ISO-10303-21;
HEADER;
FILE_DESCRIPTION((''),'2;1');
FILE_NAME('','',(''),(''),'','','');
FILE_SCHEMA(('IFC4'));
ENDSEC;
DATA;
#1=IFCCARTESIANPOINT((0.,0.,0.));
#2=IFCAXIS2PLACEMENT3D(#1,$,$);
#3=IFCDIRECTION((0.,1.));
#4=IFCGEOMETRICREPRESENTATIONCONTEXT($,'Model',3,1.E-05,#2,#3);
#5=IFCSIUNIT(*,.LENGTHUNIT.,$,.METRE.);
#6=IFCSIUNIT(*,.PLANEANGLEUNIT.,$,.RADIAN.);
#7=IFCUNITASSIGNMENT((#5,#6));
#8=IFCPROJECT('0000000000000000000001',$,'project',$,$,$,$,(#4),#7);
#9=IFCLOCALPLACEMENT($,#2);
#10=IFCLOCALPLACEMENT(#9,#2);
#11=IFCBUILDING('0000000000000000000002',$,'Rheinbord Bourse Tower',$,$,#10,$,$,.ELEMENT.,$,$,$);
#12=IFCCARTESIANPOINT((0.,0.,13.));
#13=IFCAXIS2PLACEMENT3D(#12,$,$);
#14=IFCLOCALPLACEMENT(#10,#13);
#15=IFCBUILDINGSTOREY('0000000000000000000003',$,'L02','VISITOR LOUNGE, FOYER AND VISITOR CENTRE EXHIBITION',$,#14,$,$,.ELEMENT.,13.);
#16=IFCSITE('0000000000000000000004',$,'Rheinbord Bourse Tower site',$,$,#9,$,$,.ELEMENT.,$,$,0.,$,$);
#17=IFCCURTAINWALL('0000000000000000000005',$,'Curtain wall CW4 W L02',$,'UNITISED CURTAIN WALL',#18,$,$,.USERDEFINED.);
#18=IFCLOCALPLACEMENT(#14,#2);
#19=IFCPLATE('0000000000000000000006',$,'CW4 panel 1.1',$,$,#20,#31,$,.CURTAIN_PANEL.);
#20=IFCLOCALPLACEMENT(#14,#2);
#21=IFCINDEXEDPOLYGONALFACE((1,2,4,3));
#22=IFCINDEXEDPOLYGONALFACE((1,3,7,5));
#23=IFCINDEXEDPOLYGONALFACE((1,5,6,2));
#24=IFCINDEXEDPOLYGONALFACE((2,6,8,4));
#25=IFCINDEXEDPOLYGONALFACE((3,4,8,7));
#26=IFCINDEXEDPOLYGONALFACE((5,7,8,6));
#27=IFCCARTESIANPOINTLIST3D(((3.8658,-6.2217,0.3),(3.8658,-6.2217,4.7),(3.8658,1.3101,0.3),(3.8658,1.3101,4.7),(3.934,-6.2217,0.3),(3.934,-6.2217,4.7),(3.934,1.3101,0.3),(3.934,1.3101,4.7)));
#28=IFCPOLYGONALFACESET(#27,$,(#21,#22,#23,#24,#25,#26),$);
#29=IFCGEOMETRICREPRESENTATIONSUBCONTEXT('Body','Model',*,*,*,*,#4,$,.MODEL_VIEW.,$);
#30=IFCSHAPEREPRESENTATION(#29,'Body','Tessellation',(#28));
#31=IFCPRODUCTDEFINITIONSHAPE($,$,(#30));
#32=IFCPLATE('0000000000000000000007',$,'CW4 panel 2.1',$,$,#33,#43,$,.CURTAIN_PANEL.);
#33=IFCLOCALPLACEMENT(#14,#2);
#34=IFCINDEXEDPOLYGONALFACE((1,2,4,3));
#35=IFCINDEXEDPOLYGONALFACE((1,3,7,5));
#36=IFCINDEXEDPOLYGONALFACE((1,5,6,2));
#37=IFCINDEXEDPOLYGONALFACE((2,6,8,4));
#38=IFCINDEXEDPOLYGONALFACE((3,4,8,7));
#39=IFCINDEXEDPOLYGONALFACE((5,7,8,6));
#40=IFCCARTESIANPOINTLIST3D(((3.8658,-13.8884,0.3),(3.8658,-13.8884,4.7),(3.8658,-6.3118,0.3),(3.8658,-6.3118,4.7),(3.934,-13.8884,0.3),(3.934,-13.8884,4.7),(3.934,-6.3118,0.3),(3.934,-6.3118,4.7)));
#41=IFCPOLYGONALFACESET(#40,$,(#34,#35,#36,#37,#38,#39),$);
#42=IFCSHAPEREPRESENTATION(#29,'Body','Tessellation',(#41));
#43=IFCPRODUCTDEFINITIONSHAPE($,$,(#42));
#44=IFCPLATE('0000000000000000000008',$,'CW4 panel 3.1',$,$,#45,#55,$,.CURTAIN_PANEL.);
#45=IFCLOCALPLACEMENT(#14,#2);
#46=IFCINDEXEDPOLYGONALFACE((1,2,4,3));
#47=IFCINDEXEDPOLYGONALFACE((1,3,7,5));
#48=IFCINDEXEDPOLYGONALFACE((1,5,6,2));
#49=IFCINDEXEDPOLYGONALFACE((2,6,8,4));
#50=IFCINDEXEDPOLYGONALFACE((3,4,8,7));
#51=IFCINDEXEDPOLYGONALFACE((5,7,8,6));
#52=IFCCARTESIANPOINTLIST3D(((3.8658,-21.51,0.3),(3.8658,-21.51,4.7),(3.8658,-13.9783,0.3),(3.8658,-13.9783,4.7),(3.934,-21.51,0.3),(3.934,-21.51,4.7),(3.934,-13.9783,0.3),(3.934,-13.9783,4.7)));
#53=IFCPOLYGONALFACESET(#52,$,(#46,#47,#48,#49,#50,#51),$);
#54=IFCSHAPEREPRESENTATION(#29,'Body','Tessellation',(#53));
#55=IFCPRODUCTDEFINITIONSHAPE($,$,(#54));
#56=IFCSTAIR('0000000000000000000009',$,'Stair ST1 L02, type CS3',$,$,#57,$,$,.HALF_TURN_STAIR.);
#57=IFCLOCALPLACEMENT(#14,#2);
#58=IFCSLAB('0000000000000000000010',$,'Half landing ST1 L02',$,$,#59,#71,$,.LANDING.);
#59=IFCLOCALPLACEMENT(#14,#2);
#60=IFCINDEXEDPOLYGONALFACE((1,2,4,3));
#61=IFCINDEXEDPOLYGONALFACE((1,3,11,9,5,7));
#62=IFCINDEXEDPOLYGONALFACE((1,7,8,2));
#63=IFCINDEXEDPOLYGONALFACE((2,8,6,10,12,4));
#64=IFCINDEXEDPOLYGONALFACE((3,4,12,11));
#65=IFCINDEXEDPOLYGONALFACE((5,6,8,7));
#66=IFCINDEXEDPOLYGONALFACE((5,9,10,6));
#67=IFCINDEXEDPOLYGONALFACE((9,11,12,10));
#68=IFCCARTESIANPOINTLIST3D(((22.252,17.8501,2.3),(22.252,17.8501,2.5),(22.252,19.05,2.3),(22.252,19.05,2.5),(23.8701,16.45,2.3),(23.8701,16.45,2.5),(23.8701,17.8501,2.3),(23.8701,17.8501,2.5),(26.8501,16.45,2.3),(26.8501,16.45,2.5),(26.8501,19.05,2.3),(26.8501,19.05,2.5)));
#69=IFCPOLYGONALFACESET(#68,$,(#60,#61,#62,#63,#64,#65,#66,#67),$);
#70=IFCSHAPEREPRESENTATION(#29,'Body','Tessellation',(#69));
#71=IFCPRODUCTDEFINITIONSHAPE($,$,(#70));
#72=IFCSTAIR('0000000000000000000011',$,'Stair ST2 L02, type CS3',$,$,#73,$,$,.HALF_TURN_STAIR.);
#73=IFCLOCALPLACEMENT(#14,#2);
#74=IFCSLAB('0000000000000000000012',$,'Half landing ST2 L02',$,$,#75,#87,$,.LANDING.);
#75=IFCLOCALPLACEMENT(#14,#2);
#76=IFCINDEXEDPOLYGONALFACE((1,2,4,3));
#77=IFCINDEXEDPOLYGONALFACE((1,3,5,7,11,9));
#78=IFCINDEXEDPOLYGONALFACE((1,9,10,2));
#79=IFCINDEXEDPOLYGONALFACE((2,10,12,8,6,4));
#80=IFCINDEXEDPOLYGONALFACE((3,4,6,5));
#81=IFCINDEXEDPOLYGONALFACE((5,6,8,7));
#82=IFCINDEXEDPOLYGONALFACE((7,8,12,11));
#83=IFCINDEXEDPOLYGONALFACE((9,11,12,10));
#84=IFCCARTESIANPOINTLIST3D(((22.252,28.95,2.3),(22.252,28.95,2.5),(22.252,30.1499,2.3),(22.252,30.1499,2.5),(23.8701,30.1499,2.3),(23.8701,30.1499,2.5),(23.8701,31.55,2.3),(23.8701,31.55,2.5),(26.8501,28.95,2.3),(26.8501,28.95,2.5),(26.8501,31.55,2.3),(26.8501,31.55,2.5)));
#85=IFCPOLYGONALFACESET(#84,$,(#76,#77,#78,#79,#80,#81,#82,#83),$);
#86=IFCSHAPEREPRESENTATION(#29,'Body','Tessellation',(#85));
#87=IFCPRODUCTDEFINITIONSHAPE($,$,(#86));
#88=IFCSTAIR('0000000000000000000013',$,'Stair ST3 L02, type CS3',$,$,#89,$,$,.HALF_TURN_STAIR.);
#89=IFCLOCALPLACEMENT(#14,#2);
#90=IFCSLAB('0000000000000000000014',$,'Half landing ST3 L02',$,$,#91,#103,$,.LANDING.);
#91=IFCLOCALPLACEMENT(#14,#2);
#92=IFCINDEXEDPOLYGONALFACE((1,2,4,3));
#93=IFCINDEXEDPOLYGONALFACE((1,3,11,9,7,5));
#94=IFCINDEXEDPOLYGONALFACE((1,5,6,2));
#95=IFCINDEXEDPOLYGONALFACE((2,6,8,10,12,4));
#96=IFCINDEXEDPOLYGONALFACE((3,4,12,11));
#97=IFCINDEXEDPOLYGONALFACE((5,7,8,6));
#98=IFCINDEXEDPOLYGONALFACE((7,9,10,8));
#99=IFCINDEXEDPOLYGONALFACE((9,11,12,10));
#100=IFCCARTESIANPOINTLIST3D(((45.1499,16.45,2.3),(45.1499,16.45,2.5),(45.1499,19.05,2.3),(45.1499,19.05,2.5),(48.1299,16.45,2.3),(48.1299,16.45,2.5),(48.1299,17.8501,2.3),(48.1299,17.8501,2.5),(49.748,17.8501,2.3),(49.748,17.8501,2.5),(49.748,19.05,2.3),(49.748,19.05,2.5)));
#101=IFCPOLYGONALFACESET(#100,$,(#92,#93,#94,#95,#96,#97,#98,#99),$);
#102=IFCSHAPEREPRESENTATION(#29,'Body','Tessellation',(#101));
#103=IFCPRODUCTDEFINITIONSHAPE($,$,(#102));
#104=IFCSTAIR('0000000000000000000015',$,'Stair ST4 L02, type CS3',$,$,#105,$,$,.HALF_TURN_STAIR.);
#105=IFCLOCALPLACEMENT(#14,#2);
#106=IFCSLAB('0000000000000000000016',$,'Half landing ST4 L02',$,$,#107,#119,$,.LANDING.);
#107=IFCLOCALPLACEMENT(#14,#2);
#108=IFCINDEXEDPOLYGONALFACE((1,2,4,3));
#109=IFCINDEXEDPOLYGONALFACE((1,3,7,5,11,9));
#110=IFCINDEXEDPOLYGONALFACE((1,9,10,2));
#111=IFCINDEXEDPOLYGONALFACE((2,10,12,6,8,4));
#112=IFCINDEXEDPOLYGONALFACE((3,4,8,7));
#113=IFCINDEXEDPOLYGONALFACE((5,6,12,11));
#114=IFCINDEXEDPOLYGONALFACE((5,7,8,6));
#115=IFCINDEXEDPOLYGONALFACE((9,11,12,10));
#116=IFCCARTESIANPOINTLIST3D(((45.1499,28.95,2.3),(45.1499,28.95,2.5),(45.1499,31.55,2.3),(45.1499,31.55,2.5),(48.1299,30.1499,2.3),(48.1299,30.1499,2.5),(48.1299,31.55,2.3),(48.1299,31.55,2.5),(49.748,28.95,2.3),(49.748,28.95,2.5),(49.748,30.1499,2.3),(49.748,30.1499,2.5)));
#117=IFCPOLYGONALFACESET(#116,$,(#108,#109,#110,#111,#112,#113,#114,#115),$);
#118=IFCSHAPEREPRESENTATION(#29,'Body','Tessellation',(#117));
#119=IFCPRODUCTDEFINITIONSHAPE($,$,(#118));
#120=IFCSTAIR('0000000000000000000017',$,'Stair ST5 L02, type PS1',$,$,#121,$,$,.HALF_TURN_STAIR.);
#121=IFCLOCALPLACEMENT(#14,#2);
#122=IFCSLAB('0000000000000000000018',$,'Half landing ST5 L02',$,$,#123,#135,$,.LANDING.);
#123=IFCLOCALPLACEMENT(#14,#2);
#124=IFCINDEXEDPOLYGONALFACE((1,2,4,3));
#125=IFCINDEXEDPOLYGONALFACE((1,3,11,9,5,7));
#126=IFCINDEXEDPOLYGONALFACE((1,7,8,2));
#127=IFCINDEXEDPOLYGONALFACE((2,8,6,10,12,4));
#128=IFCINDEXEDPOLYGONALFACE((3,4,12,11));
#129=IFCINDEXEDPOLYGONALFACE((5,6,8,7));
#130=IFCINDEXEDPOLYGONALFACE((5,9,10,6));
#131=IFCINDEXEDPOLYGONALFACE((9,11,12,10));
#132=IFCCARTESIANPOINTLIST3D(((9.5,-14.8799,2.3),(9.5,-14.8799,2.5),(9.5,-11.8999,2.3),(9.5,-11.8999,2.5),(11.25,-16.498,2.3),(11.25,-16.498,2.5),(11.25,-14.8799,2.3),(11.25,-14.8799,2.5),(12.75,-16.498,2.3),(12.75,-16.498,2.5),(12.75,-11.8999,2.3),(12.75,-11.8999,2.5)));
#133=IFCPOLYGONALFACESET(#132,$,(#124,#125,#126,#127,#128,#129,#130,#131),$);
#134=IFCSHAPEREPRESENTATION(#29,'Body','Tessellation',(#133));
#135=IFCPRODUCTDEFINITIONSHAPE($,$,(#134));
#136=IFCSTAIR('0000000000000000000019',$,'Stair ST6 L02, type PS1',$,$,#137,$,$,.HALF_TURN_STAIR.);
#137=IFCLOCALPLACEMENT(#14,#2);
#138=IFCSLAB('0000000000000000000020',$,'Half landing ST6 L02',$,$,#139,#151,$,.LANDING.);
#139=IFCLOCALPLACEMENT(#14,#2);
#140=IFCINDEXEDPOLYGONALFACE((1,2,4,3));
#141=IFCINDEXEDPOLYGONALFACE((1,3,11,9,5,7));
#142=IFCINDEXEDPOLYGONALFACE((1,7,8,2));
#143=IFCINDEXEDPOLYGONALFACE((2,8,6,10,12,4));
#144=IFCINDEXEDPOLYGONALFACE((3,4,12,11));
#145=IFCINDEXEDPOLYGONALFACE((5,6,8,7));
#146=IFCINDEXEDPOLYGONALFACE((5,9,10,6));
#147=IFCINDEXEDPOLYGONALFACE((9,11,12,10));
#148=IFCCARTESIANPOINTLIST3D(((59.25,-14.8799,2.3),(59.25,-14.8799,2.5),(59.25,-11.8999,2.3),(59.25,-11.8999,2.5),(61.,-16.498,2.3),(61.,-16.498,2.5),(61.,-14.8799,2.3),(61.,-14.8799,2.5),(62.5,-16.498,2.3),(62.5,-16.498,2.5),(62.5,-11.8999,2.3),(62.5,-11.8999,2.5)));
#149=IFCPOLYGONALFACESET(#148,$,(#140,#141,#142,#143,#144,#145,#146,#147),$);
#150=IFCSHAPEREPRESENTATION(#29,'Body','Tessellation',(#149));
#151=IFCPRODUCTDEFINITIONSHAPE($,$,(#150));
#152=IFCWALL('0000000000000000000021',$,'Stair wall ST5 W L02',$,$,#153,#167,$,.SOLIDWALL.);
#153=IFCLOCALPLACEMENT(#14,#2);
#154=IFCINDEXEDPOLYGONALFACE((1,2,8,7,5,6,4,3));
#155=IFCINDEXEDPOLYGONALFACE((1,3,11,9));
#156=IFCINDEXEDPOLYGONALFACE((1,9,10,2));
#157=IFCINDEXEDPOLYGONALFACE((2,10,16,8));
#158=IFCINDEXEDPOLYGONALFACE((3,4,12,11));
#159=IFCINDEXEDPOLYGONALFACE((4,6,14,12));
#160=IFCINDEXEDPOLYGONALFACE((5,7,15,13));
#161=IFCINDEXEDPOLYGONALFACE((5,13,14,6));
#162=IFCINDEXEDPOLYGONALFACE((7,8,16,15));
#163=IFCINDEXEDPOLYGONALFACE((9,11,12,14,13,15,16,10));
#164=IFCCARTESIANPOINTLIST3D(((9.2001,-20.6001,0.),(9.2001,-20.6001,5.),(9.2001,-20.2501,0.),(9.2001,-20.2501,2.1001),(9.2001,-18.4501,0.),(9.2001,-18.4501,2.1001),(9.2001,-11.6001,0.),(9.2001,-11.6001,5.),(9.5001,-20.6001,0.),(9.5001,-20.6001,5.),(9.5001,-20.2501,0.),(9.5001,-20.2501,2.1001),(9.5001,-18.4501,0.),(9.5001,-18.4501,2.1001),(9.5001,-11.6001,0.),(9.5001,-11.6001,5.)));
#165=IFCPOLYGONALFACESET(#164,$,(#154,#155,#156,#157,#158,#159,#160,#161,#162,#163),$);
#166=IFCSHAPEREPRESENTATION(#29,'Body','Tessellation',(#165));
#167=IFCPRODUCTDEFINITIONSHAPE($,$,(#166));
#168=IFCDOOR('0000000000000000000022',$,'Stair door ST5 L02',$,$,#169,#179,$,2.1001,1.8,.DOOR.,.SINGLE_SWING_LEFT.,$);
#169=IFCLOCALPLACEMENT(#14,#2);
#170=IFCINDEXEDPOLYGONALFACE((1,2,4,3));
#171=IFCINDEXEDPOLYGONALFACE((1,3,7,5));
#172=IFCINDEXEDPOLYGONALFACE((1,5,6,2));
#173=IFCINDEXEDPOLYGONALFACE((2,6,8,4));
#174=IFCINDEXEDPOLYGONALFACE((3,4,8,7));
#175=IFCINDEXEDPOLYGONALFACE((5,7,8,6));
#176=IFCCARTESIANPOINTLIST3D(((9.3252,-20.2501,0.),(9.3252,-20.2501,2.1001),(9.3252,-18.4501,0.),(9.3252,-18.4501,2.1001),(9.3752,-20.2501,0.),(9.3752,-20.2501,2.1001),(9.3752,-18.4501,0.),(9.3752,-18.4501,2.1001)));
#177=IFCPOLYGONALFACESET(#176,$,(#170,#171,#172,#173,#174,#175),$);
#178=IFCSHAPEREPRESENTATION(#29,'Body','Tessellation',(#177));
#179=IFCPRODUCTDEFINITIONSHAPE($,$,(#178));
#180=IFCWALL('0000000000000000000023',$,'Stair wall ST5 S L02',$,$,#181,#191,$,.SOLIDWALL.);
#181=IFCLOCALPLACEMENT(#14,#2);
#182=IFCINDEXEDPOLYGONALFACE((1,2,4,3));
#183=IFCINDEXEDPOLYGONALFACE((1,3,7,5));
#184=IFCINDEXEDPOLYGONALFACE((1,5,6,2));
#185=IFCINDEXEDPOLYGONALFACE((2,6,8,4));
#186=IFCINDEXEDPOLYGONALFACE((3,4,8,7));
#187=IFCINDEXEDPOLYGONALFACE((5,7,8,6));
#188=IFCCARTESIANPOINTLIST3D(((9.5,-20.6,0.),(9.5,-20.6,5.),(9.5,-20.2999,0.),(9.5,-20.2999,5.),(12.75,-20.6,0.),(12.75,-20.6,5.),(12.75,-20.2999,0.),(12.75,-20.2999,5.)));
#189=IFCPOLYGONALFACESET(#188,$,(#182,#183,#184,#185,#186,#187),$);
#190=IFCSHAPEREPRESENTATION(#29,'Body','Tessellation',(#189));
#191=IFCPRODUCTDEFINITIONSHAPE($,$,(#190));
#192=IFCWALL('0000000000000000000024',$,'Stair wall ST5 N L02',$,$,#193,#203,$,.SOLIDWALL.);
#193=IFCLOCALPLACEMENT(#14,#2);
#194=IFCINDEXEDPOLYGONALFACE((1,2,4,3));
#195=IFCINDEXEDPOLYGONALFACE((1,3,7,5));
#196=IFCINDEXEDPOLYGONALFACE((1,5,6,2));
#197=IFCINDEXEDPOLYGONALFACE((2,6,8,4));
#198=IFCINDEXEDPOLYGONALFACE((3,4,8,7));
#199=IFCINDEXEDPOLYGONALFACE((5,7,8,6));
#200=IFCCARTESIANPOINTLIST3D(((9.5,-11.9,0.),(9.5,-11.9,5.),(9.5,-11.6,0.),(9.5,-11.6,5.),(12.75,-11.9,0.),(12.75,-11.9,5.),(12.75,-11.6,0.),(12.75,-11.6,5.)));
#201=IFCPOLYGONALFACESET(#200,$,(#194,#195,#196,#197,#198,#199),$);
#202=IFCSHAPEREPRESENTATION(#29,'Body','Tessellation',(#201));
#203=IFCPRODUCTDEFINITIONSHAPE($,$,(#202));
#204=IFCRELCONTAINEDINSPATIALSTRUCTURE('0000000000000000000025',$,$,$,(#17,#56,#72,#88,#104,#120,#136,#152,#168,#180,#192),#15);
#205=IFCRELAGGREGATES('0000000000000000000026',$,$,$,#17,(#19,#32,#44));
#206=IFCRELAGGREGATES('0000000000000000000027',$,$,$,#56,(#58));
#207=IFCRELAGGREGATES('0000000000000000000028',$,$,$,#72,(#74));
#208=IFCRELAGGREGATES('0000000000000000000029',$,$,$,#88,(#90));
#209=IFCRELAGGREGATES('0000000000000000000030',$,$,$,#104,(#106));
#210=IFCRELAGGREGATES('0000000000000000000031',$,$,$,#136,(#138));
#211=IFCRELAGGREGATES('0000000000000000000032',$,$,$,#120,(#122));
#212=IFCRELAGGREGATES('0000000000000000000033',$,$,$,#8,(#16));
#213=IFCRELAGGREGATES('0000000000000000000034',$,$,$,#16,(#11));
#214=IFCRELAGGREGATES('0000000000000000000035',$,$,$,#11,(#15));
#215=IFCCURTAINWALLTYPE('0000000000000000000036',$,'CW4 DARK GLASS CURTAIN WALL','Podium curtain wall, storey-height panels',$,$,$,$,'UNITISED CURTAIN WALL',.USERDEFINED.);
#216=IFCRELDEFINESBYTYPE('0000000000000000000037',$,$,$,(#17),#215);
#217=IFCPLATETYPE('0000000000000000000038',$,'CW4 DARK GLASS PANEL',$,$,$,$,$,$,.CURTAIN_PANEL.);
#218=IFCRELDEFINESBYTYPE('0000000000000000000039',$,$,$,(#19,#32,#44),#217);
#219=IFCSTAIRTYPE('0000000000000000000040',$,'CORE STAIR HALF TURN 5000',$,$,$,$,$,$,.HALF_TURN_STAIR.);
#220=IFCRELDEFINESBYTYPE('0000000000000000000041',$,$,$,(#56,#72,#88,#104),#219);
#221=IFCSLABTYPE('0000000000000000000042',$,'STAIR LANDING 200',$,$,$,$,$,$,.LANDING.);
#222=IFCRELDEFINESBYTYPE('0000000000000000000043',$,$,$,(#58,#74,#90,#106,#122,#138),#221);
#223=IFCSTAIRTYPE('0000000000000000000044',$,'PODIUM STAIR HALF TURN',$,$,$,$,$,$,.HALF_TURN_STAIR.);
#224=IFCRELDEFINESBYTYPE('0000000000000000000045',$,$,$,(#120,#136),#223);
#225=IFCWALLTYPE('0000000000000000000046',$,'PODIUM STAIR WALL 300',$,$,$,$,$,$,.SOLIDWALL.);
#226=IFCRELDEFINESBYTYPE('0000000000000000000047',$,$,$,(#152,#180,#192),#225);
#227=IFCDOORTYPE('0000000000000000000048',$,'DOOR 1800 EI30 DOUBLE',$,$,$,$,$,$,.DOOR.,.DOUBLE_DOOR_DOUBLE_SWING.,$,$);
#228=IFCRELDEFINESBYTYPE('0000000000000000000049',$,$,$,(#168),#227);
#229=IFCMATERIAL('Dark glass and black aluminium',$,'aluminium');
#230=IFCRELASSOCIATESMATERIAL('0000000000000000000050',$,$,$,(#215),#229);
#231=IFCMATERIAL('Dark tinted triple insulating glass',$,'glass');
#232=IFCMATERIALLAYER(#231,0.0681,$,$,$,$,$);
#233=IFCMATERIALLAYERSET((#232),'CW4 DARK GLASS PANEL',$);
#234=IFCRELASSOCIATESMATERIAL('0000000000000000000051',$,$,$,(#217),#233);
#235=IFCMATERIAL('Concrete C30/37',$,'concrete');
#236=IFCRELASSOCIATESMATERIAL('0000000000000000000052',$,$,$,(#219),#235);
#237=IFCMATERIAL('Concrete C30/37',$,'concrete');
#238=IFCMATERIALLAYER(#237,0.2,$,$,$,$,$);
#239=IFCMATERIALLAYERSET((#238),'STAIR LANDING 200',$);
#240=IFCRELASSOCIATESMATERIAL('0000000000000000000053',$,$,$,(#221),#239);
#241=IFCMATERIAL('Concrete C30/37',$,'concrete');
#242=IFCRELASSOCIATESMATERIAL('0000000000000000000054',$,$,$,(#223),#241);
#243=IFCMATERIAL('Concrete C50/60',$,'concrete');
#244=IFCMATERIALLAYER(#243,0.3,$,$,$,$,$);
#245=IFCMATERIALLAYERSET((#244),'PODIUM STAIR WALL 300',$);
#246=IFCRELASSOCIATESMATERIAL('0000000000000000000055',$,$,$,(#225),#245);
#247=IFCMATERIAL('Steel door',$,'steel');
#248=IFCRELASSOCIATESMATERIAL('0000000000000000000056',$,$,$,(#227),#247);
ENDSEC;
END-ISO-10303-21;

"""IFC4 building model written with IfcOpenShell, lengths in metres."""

from ifc_helpers import new_model, si_unit, direction, frame, frame_2d, origin, origin_2d, place, context, subcontext, project, spatial, polyline, rectangle, outline, extrude, material, layer, layer_set, type_object, element, fill, aggregate, save


model = new_model("IFC4")

# Units and contexts
model_context = context("Model", 3, precision=1e-05, world=origin(), true_north=direction((0.0, 1.0)))
body_context = subcontext(model_context, "Body", "Model", "MODEL_VIEW")
ifc_project = project(units=[si_unit("LENGTHUNIT", "METRE"), si_unit("PLANEANGLEUNIT", "RADIAN")], contexts=[model_context])

# Site, building, storey
site_placement = place(None, origin())
site = spatial("IfcSite", under=ifc_project, at=site_placement, Name="Rheinbord Bourse Tower site", CompositionType="ELEMENT", RefElevation=0.0)
building_placement = place(site_placement, origin())
building = spatial("IfcBuilding", under=site, at=building_placement, Name="Rheinbord Bourse Tower", CompositionType="ELEMENT")
storey_placement = place(building_placement, frame((0.0, 0.0, 13.0)))
storey = spatial("IfcBuildingStorey", under=building, at=storey_placement, Name="L02", Description="VISITOR LOUNGE, FOYER AND VISITOR CENTRE EXHIBITION", CompositionType="ELEMENT", Elevation=13.0)

# Shared definitions
ifc_material_1 = material(Name="Dark glass and black aluminium", Category="aluminium")
curtain_wall_type = type_object("IfcCurtainWallType", Name="CW4 DARK GLASS CURTAIN WALL", Description="Podium curtain wall, storey-height panels", ElementType="UNITISED CURTAIN WALL", PredefinedType="USERDEFINED", material=ifc_material_1)

# Curtain wall
curtain_wall_1_placement = place(storey_placement, origin())
curtain_wall_1 = element("IfcCurtainWall", 1, at=curtain_wall_1_placement, inside=storey, type_object=curtain_wall_type, Name="Curtain wall CW4 W L02", ObjectType="UNITISED CURTAIN WALL", PredefinedType="USERDEFINED")

# Plates
ifc_material_2 = material(Name="Dark tinted triple insulating glass", Category="glass")
ifc_layer_1 = layer(ifc_material_2, 0.0681)
ifc_layer_set_1 = layer_set([ifc_layer_1], Name="CW4 DARK GLASS PANEL")
plate_type = type_object("IfcPlateType", Name="CW4 DARK GLASS PANEL", PredefinedType="CURTAIN_PANEL", material=ifc_layer_set_1)
plate_1_placement = place(storey_placement, frame((3.8999, -2.4558, 0.3), z_axis=(0.0, 0.0, 1.0), x_axis=(0.0, -1.0, 0.0)))
plate_1 = element("IfcPlate", 2, at=plate_1_placement, type_object=plate_type, Name="CW4 panel 1.1", PredefinedType="CURTAIN_PANEL", context=body_context, shape_type="SweptSolid", body=[
    extrude(rectangle(XDim=7.5317, YDim=0.0681, at=origin_2d()), origin(), (0.0, 0.0, 1.0), 4.3999),
])
plate_2_placement = place(storey_placement, frame((3.8999, -10.1001, 0.3), z_axis=(0.0, 0.0, 1.0), x_axis=(0.0, -1.0, 0.0)))
plate_2 = element("IfcPlate", 3, at=plate_2_placement, type_object=plate_type, Name="CW4 panel 2.1", PredefinedType="CURTAIN_PANEL", context=body_context, shape_type="SweptSolid", body=[
    extrude(rectangle(XDim=7.5767, YDim=0.0681, at=origin_2d()), origin(), (0.0, 0.0, 1.0), 4.3999),
])
plate_3_placement = place(storey_placement, frame((3.8999, -17.7441, 0.3), z_axis=(0.0, 0.0, 1.0), x_axis=(0.0, -1.0, 0.0)))
plate_3 = element("IfcPlate", 4, at=plate_3_placement, type_object=plate_type, Name="CW4 panel 3.1", PredefinedType="CURTAIN_PANEL", context=body_context, shape_type="SweptSolid", body=[
    extrude(rectangle(XDim=7.5317, YDim=0.0681, at=origin_2d()), origin(), (0.0, 0.0, 1.0), 4.3999),
])
aggregate(curtain_wall_1, [plate_1, plate_2, plate_3])

# Stairs, slabs
ifc_material_3 = material(Name="Concrete C30/37", Category="concrete")
stair_type_1 = type_object("IfcStairType", Name="CORE STAIR HALF TURN 5000", PredefinedType="HALF_TURN_STAIR", material=ifc_material_3)
stair_1_placement = place(storey_placement, origin())
stair_1 = element("IfcStair", 5, at=stair_1_placement, inside=storey, type_object=stair_type_1, Name="Stair ST1 L02, type CS3", PredefinedType="HALF_TURN_STAIR")
ifc_material_4 = material(Name="Concrete C30/37", Category="concrete")
ifc_layer_2 = layer(ifc_material_4, 0.2)
ifc_layer_set_2 = layer_set([ifc_layer_2], Name="STAIR LANDING 200")
slab_type_1 = type_object("IfcSlabType", Name="STAIR LANDING 200", PredefinedType="LANDING", material=ifc_layer_set_2)
slab_1_placement = place(storey_placement, frame((0.0, 0.0, 2.3)))
slab_1 = element("IfcSlab", 6, at=slab_1_placement, type_object=slab_type_1, Name="Half landing ST1 L02", PredefinedType="LANDING", context=body_context, shape_type="SweptSolid", body=[
    extrude(outline(polyline([(23.8701, 16.45), (26.8501, 16.45), (26.8501, 19.05), (22.252, 19.05), (22.252, 17.8501), (23.8701, 17.8501), (23.8701, 16.45)])), origin(), (0.0, 0.0, 1.0), 0.2),
])
aggregate(stair_1, [slab_1])
stair_2_placement = place(storey_placement, origin())
stair_2 = element("IfcStair", 7, at=stair_2_placement, inside=storey, type_object=stair_type_1, Name="Stair ST2 L02, type CS3", PredefinedType="HALF_TURN_STAIR")
slab_2_placement = place(storey_placement, frame((0.0, 0.0, 2.3)))
slab_2 = element("IfcSlab", 8, at=slab_2_placement, type_object=slab_type_1, Name="Half landing ST2 L02", PredefinedType="LANDING", context=body_context, shape_type="SweptSolid", body=[
    extrude(outline(polyline([(22.252, 28.95), (26.8501, 28.95), (26.8501, 31.55), (23.8701, 31.55), (23.8701, 30.1499), (22.252, 30.1499), (22.252, 28.95)])), origin(), (0.0, 0.0, 1.0), 0.2),
])
aggregate(stair_2, [slab_2])
stair_3_placement = place(storey_placement, origin())
stair_3 = element("IfcStair", 9, at=stair_3_placement, inside=storey, type_object=stair_type_1, Name="Stair ST3 L02, type CS3", PredefinedType="HALF_TURN_STAIR")
slab_3_placement = place(storey_placement, frame((0.0, 0.0, 2.3)))
slab_3 = element("IfcSlab", 10, at=slab_3_placement, type_object=slab_type_1, Name="Half landing ST3 L02", PredefinedType="LANDING", context=body_context, shape_type="SweptSolid", body=[
    extrude(outline(polyline([(45.1499, 16.45), (48.1299, 16.45), (48.1299, 17.8501), (49.748, 17.8501), (49.748, 19.05), (45.1499, 19.05), (45.1499, 16.45)])), origin(), (0.0, 0.0, 1.0), 0.2),
])
aggregate(stair_3, [slab_3])
stair_4_placement = place(storey_placement, origin())
stair_4 = element("IfcStair", 11, at=stair_4_placement, inside=storey, type_object=stair_type_1, Name="Stair ST4 L02, type CS3", PredefinedType="HALF_TURN_STAIR")
slab_4_placement = place(storey_placement, frame((0.0, 0.0, 2.3)))
slab_4 = element("IfcSlab", 12, at=slab_4_placement, type_object=slab_type_1, Name="Half landing ST4 L02", PredefinedType="LANDING", context=body_context, shape_type="SweptSolid", body=[
    extrude(outline(polyline([(45.1499, 28.95), (49.748, 28.95), (49.748, 30.1499), (48.1299, 30.1499), (48.1299, 31.55), (45.1499, 31.55), (45.1499, 28.95)])), origin(), (0.0, 0.0, 1.0), 0.2),
])
aggregate(stair_4, [slab_4])
ifc_material_5 = material(Name="Concrete C30/37", Category="concrete")
stair_type_2 = type_object("IfcStairType", Name="PODIUM STAIR HALF TURN", PredefinedType="HALF_TURN_STAIR", material=ifc_material_5)
stair_5_placement = place(storey_placement, origin())
stair_5 = element("IfcStair", 13, at=stair_5_placement, inside=storey, type_object=stair_type_2, Name="Stair ST5 L02, type PS1", PredefinedType="HALF_TURN_STAIR")
slab_5_placement = place(storey_placement, frame((0.0, 0.0, 2.3)))
slab_5 = element("IfcSlab", 14, at=slab_5_placement, type_object=slab_type_1, Name="Half landing ST5 L02", PredefinedType="LANDING", context=body_context, shape_type="SweptSolid", body=[
    extrude(outline(polyline([(9.5, -14.8799), (11.25, -14.8799), (11.25, -16.498), (12.75, -16.498), (12.75, -11.8999), (9.5, -11.8999), (9.5, -14.8799)])), origin(), (0.0, 0.0, 1.0), 0.2),
])
stair_6_placement = place(storey_placement, origin())
stair_6 = element("IfcStair", 15, at=stair_6_placement, inside=storey, type_object=stair_type_2, Name="Stair ST6 L02, type PS1", PredefinedType="HALF_TURN_STAIR")
slab_6_placement = place(storey_placement, frame((0.0, 0.0, 2.3)))
slab_6 = element("IfcSlab", 16, at=slab_6_placement, type_object=slab_type_1, Name="Half landing ST6 L02", PredefinedType="LANDING", context=body_context, shape_type="SweptSolid", body=[
    extrude(outline(polyline([(59.25, -14.8799), (61.0, -14.8799), (61.0, -16.498), (62.5, -16.498), (62.5, -11.8999), (59.25, -11.8999), (59.25, -14.8799)])), origin(), (0.0, 0.0, 1.0), 0.2),
])
aggregate(stair_6, [slab_6])

# Wall, opening, door
ifc_material_6 = material(Name="Concrete C50/60", Category="concrete")
ifc_layer_3 = layer(ifc_material_6, 0.3)
ifc_layer_set_3 = layer_set([ifc_layer_3], Name="PODIUM STAIR WALL 300")
wall_type = type_object("IfcWallType", Name="PODIUM STAIR WALL 300", PredefinedType="SOLIDWALL", material=ifc_layer_set_3)
wall_placement = place(storey_placement, frame((9.3501, -20.6001, 0.0), z_axis=(0.0, 0.0, 1.0), x_axis=(0.0, 1.0, 0.0)))
wall = element("IfcWall", 17, at=wall_placement, inside=storey, type_object=wall_type, Name="Stair wall ST5 W L02", PredefinedType="SOLIDWALL", context=body_context, shape_type="SweptSolid", body=[
    extrude(rectangle(XDim=9.0, YDim=0.3, at=frame_2d((4.5, 0.0))), origin(), (0.0, 0.0, 1.0), 5.0),
])
opening_placement = place(wall_placement, frame((0.3501, 0.0, 0.0)))
opening = element("IfcOpeningElement", 18, at=opening_placement, cuts=wall, PredefinedType="OPENING", context=body_context, shape_type="SweptSolid", body=[
    extrude(rectangle(XDim=1.8, YDim=2.1001, at=frame_2d((0.8999, 1.05))), frame((0.0, 0.1599, 0.0), z_axis=(0.0, -1.0, 0.0), x_axis=(1.0, 0.0, 0.0)), (0.0, 0.0, 1.0), 0.3201),
])
ifc_material_7 = material(Name="Steel door", Category="steel")
door_type = type_object("IfcDoorType", Name="DOOR 1800 EI30 DOUBLE", OperationType="DOUBLE_DOOR_DOUBLE_SWING", PredefinedType="DOOR", material=ifc_material_7)
door_placement = place(opening_placement, origin())
door = element("IfcDoor", 19, at=door_placement, inside=storey, type_object=door_type, Name="Stair door ST5 L02", OperationType="SINGLE_SWING_LEFT", OverallHeight=2.1001, OverallWidth=1.8, PredefinedType="DOOR", context=body_context, shape_type="SweptSolid", body=[
    extrude(rectangle(XDim=1.8, YDim=2.1001, at=frame_2d((0.8999, 1.05))), frame((0.0, 0.0249, 0.0), z_axis=(0.0, -1.0, 0.0), x_axis=(1.0, 0.0, 0.0)), (0.0, 0.0, 1.0), 0.05),
])
fill(opening, door)

# Walls
for number, where, z_axis, x_axis, name in (
    (20, (9.5, -20.45, 0.0), (0.0, 0.0, 1.0), (1.0, 0.0, 0.0), "Stair wall ST5 S L02"),
    (21, (9.5, -11.75, 0.0), (0.0, 0.0, 1.0), (1.0, 0.0, 0.0), "Stair wall ST5 N L02"),
):
    element("IfcWall", number, at=place(storey_placement, frame(where, z_axis=z_axis, x_axis=x_axis)), inside=storey, type_object=wall_type, Name=name, PredefinedType="SOLIDWALL", context=body_context, shape_type="SweptSolid", body=[
        extrude(rectangle(XDim=3.25, YDim=0.3, at=frame_2d((1.625, 0.0))), origin(), (0.0, 0.0, 1.0), 5.0),
    ])

aggregate(stair_5, [slab_5])

save(model, "model.ifc")
